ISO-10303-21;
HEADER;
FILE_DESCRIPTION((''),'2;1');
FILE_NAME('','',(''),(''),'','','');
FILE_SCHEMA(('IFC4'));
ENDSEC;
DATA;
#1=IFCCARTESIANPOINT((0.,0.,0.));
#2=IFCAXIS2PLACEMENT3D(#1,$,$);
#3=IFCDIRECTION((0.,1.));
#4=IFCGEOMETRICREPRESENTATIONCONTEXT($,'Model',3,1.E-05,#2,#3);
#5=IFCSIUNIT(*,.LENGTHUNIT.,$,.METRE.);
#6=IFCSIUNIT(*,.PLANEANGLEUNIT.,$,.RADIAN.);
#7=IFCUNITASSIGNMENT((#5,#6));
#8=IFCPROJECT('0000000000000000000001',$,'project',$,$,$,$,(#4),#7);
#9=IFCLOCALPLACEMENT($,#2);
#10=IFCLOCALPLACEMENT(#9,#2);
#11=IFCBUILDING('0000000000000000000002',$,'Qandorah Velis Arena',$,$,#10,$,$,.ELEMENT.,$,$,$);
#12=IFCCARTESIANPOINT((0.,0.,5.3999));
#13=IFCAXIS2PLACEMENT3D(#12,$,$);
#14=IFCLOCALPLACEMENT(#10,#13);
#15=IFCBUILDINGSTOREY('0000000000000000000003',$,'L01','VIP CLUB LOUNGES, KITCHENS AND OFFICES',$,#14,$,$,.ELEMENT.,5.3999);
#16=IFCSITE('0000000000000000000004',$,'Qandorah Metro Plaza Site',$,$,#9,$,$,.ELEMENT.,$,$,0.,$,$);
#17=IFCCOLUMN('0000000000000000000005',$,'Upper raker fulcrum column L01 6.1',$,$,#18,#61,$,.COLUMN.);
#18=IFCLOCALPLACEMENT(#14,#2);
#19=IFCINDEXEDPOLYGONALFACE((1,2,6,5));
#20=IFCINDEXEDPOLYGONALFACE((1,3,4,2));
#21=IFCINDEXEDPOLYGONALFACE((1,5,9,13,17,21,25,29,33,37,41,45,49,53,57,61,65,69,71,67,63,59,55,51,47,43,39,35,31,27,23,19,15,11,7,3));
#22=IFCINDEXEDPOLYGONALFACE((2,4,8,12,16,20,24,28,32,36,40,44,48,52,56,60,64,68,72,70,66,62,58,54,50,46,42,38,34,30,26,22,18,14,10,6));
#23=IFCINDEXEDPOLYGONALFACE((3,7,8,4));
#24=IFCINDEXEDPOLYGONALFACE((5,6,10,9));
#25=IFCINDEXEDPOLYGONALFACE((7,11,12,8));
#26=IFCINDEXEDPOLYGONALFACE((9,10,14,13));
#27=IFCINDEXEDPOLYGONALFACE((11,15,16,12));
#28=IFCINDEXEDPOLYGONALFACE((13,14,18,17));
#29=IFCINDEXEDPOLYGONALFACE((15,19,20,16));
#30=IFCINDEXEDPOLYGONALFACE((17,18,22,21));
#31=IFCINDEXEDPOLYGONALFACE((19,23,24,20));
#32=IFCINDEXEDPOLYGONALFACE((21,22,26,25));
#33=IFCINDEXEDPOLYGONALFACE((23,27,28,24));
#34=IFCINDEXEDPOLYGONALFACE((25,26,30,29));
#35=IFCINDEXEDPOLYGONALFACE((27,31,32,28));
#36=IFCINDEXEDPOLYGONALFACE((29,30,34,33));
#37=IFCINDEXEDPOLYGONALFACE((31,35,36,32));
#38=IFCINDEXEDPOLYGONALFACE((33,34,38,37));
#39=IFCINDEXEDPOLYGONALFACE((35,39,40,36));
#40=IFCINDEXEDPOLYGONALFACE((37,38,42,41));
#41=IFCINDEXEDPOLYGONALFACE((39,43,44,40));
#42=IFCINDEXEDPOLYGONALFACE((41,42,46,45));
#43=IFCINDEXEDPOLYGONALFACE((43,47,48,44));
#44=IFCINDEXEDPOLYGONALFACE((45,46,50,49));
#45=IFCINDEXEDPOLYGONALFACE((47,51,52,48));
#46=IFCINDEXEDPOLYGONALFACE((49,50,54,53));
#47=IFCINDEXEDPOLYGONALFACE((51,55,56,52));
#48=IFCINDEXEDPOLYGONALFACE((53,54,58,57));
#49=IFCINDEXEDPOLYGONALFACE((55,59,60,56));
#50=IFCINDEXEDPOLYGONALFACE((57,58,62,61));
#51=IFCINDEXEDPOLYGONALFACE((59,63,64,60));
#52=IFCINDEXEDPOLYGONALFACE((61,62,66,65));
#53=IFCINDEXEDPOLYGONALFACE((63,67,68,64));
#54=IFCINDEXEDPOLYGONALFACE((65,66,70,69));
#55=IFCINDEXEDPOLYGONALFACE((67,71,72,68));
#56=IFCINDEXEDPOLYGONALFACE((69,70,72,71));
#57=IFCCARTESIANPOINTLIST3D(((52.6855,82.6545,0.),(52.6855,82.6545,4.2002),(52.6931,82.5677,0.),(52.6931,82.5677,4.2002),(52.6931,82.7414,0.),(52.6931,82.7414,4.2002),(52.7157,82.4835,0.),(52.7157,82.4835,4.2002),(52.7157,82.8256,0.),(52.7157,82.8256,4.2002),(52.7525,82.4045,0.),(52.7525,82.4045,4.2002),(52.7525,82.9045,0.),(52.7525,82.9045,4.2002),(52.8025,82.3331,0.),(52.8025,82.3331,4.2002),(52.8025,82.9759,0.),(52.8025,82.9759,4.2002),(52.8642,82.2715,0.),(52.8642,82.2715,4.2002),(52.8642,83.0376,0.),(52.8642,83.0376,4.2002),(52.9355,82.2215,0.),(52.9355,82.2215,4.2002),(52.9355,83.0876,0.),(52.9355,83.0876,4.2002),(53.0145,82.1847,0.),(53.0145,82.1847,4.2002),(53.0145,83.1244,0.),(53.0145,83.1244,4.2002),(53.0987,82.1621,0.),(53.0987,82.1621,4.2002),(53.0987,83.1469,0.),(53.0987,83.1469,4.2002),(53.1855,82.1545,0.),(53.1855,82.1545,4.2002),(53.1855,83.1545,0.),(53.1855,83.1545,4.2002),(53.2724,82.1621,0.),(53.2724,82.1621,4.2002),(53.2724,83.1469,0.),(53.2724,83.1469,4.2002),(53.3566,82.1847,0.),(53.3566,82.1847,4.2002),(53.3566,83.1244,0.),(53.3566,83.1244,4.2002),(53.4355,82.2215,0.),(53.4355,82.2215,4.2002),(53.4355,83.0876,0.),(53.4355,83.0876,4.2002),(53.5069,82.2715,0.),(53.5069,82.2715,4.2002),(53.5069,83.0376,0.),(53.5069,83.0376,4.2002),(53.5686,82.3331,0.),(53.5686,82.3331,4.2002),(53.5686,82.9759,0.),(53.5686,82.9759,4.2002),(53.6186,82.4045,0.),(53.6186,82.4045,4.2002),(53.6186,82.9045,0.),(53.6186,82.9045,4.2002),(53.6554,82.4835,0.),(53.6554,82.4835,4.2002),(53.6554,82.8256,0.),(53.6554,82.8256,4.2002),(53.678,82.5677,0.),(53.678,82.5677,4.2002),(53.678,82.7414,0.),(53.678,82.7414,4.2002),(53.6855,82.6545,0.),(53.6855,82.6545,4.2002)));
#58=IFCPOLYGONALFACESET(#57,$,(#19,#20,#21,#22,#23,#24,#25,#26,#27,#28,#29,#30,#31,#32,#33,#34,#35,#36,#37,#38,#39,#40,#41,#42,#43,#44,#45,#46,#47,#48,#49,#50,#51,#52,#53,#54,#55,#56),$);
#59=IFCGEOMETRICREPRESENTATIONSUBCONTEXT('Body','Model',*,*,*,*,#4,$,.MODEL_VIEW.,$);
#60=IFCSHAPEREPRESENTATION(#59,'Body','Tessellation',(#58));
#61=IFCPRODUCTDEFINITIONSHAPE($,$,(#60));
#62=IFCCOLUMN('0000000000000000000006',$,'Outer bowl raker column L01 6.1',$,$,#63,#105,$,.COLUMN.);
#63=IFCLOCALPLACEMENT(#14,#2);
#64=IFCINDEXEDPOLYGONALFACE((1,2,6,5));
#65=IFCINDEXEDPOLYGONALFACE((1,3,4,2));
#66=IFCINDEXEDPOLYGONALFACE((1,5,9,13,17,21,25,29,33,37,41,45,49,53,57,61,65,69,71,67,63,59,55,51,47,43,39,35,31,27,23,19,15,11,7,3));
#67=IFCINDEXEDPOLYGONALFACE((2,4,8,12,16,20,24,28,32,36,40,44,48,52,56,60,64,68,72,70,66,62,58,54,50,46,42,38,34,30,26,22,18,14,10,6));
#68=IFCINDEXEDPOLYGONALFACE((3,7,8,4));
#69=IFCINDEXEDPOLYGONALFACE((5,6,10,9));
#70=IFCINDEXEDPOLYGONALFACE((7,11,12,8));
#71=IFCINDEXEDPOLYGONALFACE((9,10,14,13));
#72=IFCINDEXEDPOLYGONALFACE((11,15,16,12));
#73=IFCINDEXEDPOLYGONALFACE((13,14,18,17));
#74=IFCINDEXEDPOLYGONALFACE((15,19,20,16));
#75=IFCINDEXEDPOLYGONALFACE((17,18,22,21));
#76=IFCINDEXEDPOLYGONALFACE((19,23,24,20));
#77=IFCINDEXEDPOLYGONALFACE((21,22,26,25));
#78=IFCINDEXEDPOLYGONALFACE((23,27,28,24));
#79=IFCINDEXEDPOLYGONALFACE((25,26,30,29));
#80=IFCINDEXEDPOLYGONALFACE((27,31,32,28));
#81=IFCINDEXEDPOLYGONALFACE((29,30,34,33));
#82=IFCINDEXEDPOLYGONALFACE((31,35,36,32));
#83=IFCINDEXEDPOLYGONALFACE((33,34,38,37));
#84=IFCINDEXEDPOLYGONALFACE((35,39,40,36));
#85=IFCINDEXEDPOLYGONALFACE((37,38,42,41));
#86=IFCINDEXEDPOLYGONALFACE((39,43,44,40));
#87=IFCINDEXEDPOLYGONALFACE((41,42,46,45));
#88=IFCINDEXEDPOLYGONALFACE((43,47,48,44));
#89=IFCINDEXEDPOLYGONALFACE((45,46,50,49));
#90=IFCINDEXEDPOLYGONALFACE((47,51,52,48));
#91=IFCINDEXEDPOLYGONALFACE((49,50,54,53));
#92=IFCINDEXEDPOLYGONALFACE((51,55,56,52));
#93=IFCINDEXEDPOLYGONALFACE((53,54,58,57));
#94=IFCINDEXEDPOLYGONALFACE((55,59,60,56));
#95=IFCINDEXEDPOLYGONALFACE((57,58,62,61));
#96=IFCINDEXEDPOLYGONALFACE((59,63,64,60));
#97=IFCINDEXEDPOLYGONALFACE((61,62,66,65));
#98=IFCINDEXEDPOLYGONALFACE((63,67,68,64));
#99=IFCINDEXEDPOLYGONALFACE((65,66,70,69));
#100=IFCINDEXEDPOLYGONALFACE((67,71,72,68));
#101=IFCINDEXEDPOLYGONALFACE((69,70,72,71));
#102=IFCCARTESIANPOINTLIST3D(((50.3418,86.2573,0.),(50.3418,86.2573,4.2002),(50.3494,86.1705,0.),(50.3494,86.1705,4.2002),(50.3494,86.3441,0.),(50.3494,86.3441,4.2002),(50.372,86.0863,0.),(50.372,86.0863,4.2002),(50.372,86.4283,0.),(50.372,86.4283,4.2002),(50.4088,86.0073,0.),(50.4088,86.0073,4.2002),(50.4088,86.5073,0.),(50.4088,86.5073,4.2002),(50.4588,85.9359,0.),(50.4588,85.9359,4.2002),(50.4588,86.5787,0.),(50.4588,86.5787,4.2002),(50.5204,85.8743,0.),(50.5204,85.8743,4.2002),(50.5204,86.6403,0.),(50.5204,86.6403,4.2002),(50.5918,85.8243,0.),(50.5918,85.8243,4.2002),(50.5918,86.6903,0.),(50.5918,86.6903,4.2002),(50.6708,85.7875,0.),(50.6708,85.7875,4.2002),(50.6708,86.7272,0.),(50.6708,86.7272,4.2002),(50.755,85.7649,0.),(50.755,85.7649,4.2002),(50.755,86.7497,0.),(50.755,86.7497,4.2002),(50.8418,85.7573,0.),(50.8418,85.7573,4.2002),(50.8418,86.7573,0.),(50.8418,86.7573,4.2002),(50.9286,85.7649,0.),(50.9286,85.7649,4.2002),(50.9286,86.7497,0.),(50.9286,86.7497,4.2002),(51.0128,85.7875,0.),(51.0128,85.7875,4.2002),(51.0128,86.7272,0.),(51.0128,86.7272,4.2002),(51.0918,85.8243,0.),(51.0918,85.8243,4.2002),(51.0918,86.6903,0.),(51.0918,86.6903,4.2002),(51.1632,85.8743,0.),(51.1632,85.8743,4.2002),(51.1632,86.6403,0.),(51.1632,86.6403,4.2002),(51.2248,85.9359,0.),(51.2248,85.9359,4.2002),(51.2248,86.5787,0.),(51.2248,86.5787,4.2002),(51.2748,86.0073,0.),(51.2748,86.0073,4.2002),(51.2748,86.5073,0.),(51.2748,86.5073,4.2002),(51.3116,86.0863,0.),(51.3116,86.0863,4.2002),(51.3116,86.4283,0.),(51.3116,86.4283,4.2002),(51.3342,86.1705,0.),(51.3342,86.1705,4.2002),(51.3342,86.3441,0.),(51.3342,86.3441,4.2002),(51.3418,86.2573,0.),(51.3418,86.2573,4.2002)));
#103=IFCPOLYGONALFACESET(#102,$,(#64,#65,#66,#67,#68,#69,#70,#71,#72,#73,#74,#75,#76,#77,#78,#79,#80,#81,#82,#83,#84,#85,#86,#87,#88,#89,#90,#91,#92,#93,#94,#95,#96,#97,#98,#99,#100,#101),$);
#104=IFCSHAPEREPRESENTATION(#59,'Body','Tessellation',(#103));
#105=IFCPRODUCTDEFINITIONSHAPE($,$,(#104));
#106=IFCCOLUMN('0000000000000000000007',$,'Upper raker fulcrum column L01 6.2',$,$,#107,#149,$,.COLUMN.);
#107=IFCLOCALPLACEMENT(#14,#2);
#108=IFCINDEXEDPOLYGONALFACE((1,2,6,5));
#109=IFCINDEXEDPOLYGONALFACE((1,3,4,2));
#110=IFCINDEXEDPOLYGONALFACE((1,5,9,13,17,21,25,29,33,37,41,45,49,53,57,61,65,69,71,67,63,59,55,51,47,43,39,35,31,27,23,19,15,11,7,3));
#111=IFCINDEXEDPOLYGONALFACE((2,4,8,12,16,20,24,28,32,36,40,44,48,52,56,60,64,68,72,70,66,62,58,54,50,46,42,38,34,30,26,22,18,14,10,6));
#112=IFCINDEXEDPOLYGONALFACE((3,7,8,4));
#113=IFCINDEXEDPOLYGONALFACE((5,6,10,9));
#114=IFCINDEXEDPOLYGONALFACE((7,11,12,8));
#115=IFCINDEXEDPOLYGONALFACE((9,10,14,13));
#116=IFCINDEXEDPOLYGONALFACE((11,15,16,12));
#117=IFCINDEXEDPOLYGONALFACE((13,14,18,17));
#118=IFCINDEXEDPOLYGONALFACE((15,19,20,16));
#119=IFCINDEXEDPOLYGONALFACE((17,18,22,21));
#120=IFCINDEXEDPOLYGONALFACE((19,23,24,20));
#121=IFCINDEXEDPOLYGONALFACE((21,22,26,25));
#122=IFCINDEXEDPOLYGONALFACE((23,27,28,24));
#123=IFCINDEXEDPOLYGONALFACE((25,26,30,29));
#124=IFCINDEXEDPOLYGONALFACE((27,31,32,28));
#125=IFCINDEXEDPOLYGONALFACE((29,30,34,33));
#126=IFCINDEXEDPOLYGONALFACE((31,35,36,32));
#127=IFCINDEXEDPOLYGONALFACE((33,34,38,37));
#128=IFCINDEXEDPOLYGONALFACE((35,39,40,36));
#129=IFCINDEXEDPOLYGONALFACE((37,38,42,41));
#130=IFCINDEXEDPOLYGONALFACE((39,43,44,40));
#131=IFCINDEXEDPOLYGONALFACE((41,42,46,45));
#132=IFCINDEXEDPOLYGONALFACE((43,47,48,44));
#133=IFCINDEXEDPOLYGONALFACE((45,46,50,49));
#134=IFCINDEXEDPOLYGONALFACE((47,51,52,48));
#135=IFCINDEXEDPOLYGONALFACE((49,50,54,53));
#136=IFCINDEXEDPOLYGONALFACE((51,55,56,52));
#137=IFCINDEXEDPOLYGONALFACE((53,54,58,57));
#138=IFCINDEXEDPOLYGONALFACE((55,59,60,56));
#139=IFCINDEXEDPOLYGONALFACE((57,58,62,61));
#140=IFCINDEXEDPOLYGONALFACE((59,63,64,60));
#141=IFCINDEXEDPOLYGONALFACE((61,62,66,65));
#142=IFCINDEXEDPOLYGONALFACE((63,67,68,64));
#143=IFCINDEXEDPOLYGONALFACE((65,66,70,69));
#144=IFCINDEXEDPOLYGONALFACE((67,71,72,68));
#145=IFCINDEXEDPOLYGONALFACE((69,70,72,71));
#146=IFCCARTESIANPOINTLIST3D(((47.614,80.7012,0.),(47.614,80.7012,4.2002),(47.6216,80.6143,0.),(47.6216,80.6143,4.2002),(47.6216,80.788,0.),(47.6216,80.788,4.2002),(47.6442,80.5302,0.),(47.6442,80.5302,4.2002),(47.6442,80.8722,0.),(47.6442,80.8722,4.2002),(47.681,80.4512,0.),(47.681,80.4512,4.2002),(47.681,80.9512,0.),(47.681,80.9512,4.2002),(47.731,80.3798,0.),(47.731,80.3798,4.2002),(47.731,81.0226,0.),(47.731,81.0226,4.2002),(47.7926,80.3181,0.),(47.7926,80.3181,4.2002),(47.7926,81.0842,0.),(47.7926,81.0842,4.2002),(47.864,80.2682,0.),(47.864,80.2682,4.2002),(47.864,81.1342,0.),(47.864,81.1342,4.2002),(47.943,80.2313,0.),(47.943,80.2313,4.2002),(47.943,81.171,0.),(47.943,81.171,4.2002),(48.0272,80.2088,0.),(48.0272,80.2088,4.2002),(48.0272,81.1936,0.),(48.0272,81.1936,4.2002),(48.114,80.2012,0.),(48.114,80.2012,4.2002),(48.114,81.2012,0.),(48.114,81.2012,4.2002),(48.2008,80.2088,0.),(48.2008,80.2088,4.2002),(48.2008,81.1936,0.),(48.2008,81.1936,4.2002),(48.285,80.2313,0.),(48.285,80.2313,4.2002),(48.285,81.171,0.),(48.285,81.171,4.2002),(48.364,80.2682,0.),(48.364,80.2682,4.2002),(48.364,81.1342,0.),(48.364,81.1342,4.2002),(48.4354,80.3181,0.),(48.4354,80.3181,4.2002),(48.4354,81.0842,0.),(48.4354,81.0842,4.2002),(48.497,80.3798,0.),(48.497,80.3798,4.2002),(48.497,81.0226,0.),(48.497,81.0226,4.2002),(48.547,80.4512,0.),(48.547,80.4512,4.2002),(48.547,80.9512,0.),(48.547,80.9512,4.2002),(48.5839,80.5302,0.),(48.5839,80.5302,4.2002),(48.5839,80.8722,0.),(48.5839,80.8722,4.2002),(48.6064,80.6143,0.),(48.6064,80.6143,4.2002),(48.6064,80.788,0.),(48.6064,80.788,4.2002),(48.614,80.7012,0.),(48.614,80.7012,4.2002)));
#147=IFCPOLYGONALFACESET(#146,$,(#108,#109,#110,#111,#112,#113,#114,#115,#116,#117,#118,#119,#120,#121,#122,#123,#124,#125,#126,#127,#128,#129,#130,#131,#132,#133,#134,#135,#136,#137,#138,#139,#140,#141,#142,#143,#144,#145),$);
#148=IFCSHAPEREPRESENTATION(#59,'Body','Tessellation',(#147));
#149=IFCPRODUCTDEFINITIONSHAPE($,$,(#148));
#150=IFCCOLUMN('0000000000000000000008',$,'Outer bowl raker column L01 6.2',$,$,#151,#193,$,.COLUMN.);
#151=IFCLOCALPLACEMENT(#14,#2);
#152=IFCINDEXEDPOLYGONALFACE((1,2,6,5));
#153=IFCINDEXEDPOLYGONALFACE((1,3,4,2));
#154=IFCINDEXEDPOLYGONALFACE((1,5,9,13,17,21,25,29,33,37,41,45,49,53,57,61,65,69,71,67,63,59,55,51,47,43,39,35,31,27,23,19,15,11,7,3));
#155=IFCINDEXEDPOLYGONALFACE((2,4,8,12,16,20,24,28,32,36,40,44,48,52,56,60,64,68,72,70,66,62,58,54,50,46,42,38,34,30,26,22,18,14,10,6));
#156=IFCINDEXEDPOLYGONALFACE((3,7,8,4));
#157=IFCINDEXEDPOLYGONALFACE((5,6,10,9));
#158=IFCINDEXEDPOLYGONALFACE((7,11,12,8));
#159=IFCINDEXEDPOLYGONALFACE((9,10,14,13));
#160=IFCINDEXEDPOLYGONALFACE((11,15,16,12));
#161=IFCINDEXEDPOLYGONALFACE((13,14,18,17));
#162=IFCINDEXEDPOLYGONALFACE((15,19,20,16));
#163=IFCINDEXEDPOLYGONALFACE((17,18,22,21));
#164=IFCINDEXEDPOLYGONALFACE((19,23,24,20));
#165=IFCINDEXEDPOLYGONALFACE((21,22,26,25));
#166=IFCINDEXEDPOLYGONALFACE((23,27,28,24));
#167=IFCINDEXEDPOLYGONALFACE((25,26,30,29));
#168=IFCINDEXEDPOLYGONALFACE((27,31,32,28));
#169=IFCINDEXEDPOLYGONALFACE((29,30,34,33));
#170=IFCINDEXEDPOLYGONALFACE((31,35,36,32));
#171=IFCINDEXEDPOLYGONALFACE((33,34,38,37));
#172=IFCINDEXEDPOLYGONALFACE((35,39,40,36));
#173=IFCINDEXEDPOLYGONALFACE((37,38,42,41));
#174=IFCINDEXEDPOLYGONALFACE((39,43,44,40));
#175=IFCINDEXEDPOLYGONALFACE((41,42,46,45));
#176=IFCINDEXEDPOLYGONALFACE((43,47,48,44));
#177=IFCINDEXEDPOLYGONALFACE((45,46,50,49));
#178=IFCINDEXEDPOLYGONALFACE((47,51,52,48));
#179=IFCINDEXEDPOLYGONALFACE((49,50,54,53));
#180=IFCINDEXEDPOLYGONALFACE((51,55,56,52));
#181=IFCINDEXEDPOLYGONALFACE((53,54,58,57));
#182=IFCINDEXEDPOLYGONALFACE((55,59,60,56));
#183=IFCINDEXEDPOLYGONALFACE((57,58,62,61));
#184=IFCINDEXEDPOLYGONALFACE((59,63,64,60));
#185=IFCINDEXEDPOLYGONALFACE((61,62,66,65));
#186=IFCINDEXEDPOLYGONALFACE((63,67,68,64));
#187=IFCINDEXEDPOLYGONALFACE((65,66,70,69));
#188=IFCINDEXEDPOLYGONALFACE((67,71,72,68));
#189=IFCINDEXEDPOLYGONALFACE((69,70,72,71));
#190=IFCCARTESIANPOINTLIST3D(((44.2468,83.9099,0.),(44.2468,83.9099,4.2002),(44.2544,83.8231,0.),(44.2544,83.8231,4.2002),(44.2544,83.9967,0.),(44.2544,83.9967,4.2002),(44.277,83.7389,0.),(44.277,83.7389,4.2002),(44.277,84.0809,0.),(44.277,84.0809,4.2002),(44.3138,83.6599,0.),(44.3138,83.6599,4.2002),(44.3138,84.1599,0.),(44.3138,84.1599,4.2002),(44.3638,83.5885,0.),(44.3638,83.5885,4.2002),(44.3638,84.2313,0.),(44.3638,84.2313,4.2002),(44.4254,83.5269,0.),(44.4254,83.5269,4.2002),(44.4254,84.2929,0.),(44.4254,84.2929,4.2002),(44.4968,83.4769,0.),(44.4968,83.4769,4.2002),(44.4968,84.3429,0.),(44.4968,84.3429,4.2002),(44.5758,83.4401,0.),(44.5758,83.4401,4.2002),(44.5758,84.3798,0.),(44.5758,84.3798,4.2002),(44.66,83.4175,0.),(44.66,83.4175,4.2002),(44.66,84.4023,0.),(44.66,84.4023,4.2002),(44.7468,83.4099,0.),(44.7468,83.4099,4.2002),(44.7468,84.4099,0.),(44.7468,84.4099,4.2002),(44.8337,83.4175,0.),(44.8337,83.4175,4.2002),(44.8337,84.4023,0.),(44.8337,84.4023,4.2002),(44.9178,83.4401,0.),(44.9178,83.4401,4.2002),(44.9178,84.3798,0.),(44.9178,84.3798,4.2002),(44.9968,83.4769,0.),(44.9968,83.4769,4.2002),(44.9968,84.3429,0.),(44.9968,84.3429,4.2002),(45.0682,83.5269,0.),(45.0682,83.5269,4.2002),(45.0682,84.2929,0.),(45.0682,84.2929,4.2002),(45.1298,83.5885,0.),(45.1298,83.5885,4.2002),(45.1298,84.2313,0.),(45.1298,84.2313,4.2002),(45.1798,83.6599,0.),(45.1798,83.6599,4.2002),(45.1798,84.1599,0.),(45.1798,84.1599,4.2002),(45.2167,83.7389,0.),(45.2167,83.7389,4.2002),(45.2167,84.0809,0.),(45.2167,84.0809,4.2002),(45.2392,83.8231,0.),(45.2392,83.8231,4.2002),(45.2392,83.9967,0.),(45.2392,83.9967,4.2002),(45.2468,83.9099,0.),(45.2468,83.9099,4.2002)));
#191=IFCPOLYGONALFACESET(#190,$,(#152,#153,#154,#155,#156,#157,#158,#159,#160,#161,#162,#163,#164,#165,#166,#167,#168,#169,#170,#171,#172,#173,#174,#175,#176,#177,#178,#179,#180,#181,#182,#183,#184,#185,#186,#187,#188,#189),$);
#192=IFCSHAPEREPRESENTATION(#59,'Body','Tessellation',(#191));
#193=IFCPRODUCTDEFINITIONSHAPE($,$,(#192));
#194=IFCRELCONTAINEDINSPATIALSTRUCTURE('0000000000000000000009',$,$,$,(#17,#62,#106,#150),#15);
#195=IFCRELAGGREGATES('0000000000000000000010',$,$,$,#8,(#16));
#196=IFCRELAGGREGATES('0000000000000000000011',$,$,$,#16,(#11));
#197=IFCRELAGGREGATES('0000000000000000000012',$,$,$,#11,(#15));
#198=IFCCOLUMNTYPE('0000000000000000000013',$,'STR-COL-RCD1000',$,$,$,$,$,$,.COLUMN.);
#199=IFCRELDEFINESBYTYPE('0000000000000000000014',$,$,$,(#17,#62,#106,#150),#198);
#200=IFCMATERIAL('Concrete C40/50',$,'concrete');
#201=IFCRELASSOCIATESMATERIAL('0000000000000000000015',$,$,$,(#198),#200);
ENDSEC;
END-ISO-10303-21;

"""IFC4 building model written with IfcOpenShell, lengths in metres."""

from ifc_helpers import new_model, si_unit, direction, frame, origin, origin_2d, place, context, subcontext, project, spatial, circle, extrude, material, material_profile, profile_set, type_object, element, save


model = new_model("IFC4")

# Units and contexts
model_context = context("Model", 3, precision=1e-05, world=origin(), true_north=direction((0.0, 1.0)))
body_context = subcontext(model_context, "Body", "Model", "MODEL_VIEW")
ifc_project = project(units=[si_unit("LENGTHUNIT", "METRE"), si_unit("PLANEANGLEUNIT", "RADIAN")], contexts=[model_context])

# Site, building, storey
site_placement = place(None, origin())
site = spatial("IfcSite", under=ifc_project, at=site_placement, Name="Qandorah Metro Plaza Site", CompositionType="ELEMENT", RefElevation=0.0)
building_placement = place(site_placement, origin())
building = spatial("IfcBuilding", under=site, at=building_placement, Name="Qandorah Velis Arena", CompositionType="ELEMENT")
storey_placement = place(building_placement, frame((0.0, 0.0, 5.3999)))
storey = spatial("IfcBuildingStorey", under=building, at=storey_placement, Name="L01", Description="VIP CLUB LOUNGES, KITCHENS AND OFFICES", CompositionType="ELEMENT", Elevation=5.3999)

# Columns
ifc_material_1 = material(Name="Concrete C40/50", Category="concrete")
ifc_material_profile_1 = material_profile(ifc_material_1, circle(Radius=0.5, at=origin_2d()), Name="RC D1000")
ifc_profile_set_1 = profile_set([ifc_material_profile_1], Name="Concrete C40/50")
column_type = type_object("IfcColumnType", Name="STR-COL-RCD1000", PredefinedType="COLUMN", material=ifc_profile_set_1)
for number, where, z_axis, x_axis, name in (
    (1, (53.1855, 82.6545, 0.0), (0.0, 0.0, 1.0), (1.0, 0.0, 0.0), "Upper raker fulcrum column L01 6.1"),
    (2, (50.8418, 86.2573, 0.0), (0.0, 0.0, 1.0), (1.0, 0.0, 0.0), "Outer bowl raker column L01 6.1"),
    (3, (48.114, 80.7012, 0.0), (0.0, 0.0, 1.0), (1.0, 0.0, 0.0), "Upper raker fulcrum column L01 6.2"),
    (4, (44.7468, 83.9099, 0.0), (0.0, 0.0, 1.0), (1.0, 0.0, 0.0), "Outer bowl raker column L01 6.2"),
):
    element("IfcColumn", number, at=place(storey_placement, frame(where, z_axis=z_axis, x_axis=x_axis)), inside=storey, type_object=column_type, Name=name, PredefinedType="COLUMN", context=body_context, shape_type="SweptSolid", body=[
        extrude(circle(Radius=0.5, at=origin_2d()), origin(), (0.0, 0.0, 1.0), 4.2002),
    ])

save(model, "model.ifc")
